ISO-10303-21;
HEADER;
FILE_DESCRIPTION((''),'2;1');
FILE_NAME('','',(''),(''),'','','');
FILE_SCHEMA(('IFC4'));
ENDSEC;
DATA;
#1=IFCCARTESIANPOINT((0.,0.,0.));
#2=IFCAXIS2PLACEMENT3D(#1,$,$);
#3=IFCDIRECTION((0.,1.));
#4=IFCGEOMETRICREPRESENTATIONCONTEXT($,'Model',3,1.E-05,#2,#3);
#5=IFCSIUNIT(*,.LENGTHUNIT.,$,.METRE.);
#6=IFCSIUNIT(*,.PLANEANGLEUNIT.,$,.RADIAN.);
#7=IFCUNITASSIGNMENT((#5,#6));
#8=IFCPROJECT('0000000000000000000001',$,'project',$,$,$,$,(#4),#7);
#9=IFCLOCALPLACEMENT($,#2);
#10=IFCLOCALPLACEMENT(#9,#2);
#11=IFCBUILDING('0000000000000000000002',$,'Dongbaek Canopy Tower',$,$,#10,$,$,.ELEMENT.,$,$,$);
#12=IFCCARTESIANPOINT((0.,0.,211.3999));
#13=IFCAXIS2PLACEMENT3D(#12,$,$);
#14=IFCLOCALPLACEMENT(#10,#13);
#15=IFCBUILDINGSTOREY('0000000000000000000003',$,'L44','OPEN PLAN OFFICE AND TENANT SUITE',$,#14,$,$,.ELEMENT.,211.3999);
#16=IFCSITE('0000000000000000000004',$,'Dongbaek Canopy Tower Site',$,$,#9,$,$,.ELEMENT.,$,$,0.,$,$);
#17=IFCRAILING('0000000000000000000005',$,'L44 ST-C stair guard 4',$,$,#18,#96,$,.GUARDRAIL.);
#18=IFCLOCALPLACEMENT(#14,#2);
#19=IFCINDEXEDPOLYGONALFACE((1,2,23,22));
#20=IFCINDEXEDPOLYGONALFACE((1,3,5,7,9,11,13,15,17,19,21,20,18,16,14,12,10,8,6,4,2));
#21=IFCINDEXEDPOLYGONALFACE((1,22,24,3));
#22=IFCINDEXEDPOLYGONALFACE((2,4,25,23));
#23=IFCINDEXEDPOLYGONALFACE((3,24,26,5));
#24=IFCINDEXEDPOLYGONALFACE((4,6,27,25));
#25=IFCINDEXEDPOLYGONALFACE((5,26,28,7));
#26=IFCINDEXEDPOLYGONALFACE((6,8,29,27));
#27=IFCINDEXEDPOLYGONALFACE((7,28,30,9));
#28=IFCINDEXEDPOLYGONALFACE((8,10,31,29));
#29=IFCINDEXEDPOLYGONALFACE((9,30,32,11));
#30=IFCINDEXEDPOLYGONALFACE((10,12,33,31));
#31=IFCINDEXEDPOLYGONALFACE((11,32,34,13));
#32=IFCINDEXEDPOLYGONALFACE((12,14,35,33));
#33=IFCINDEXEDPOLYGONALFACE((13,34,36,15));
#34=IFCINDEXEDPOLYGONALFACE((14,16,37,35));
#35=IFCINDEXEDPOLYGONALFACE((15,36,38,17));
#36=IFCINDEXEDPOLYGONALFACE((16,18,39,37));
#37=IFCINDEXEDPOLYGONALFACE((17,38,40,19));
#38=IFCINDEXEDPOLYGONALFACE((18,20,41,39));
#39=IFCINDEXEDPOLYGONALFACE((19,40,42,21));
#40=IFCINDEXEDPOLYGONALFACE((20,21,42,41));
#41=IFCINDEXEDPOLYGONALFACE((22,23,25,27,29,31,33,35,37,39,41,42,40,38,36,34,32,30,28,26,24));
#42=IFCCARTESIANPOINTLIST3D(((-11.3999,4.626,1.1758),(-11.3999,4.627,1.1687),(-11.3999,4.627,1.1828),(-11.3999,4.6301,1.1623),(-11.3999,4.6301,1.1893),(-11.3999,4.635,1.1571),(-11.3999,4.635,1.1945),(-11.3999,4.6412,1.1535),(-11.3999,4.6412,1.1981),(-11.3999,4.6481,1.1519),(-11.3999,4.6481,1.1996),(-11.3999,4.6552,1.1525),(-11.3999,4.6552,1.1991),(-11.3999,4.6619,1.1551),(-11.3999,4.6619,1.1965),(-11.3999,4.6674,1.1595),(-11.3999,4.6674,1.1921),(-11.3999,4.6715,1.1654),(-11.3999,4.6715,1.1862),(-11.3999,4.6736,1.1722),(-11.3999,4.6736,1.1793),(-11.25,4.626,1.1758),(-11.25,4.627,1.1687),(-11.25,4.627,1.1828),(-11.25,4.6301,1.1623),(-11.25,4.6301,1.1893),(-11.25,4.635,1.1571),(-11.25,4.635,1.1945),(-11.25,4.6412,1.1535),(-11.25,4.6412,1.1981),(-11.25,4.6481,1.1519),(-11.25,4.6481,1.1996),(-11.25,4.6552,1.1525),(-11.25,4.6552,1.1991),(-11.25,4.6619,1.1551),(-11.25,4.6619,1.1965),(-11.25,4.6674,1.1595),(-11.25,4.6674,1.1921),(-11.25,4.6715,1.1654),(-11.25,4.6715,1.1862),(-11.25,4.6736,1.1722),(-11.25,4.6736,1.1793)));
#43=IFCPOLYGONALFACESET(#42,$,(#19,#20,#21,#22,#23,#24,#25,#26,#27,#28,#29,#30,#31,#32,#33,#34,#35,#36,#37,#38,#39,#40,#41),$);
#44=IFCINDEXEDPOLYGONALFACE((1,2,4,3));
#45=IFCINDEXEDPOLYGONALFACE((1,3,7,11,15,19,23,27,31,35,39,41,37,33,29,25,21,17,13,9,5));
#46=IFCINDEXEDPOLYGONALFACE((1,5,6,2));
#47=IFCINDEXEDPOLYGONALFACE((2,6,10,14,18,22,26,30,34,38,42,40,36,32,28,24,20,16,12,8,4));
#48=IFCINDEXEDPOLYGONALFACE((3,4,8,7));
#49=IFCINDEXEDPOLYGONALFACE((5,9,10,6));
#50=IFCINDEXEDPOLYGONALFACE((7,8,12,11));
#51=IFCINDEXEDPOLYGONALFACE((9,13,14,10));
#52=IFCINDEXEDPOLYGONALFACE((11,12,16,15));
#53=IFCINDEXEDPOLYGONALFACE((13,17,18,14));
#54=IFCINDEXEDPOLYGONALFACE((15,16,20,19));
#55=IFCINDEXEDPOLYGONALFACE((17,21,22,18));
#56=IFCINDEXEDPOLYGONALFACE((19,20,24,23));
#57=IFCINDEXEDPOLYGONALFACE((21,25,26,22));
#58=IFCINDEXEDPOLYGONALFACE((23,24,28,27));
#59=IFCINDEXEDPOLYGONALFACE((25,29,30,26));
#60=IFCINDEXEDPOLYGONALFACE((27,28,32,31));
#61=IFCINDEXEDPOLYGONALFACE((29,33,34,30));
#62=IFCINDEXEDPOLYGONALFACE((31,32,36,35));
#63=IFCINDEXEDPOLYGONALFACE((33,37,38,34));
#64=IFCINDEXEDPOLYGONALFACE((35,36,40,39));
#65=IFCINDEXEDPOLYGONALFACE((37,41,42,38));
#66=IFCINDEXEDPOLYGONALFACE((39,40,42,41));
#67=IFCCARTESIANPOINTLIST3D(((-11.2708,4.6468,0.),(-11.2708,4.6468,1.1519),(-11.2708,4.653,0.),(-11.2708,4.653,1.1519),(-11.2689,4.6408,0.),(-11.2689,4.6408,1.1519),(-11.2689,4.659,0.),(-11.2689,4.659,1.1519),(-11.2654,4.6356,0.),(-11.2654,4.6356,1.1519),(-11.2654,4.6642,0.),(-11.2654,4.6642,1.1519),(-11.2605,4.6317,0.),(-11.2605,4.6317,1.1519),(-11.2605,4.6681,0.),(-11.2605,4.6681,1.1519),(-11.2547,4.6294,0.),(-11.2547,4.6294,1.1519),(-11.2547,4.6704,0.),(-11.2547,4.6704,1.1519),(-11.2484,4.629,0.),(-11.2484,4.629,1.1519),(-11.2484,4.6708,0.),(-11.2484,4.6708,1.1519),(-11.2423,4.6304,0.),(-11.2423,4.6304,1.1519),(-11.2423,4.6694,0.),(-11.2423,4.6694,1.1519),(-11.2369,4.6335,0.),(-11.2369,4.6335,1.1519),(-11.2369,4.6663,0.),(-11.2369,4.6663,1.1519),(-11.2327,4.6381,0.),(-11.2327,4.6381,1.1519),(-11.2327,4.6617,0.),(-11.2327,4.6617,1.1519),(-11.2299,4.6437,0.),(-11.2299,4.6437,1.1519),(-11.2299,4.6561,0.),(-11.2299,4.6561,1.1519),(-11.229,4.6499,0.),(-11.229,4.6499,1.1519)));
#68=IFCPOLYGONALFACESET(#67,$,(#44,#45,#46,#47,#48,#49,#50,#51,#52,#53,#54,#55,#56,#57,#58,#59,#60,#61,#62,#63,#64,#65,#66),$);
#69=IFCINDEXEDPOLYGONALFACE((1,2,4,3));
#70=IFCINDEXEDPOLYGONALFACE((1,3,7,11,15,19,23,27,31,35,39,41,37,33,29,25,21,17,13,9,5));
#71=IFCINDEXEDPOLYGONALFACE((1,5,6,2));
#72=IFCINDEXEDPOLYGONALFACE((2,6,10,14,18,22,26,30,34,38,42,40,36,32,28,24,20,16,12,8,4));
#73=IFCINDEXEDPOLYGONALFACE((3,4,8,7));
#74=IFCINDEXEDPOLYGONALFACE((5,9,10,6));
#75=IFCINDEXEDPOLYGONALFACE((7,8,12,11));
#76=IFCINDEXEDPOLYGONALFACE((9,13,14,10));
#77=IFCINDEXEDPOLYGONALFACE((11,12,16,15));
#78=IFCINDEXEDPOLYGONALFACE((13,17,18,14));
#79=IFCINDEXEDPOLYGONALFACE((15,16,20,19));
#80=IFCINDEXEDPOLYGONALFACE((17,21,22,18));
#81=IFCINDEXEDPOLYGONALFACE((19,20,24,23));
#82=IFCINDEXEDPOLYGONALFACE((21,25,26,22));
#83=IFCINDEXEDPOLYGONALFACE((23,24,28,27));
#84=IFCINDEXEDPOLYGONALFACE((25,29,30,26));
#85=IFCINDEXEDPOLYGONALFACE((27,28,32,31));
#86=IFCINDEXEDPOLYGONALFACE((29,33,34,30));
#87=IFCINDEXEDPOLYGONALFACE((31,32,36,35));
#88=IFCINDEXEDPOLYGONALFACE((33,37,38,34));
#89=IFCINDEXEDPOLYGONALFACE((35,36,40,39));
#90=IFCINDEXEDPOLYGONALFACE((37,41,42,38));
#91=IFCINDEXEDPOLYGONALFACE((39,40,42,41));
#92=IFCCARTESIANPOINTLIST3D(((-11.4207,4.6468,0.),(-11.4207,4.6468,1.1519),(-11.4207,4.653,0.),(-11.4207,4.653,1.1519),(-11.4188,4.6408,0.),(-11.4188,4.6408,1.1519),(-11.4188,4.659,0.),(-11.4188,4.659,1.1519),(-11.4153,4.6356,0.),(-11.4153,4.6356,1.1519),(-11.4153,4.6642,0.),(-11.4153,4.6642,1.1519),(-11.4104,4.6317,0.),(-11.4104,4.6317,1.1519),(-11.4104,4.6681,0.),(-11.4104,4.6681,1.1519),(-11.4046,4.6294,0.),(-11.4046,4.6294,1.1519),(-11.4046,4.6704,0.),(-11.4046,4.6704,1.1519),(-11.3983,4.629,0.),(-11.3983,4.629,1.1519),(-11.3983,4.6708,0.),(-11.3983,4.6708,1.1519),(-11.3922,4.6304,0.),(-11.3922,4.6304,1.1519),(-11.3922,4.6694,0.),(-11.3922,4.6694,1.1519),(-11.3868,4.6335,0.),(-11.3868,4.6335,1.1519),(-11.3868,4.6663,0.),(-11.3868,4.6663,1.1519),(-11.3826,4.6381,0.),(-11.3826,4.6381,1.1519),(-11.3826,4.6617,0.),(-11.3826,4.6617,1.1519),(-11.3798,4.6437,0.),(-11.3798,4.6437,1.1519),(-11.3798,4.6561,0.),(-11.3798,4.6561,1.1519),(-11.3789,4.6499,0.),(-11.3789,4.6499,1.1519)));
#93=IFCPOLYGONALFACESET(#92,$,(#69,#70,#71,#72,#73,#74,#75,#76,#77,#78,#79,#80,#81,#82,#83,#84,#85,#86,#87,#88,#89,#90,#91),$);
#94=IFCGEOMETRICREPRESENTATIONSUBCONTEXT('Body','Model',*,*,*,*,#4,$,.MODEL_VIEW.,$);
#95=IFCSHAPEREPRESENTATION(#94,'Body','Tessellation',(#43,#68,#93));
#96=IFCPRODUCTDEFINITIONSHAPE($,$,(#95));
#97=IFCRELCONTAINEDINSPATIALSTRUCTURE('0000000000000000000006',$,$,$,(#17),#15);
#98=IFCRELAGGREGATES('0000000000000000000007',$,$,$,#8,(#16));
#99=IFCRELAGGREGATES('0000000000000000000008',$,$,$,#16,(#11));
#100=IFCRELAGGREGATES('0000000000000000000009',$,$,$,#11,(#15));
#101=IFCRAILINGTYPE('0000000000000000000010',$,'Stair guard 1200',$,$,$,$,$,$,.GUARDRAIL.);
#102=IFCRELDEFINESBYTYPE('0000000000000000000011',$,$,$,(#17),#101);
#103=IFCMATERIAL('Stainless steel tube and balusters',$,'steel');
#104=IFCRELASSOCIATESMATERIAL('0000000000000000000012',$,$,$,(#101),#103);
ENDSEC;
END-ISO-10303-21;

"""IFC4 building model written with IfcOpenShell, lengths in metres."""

from ifc_helpers import new_model, si_unit, direction, frame, origin, origin_2d, place, context, subcontext, project, spatial, circle, extrude, material, type_object, element, save


model = new_model("IFC4")

# Units and contexts
model_context = context("Model", 3, precision=1e-05, world=origin(), true_north=direction((0.0, 1.0)))
body_context = subcontext(model_context, "Body", "Model", "MODEL_VIEW")
ifc_project = project(units=[si_unit("LENGTHUNIT", "METRE"), si_unit("PLANEANGLEUNIT", "RADIAN")], contexts=[model_context])

# Site, building, storey
site_placement = place(None, origin())
site = spatial("IfcSite", under=ifc_project, at=site_placement, Name="Dongbaek Canopy Tower Site", CompositionType="ELEMENT", RefElevation=0.0)
building_placement = place(site_placement, origin())
building = spatial("IfcBuilding", under=site, at=building_placement, Name="Dongbaek Canopy Tower", CompositionType="ELEMENT")
storey_placement = place(building_placement, frame((0.0, 0.0, 211.3999)))
storey = spatial("IfcBuildingStorey", under=building, at=storey_placement, Name="L44", Description="OPEN PLAN OFFICE AND TENANT SUITE", CompositionType="ELEMENT", Elevation=211.3999)

# Railing
ifc_material_1 = material(Name="Stainless steel tube and balusters", Category="steel")
railing_type_1 = type_object("IfcRailingType", Name="Stair guard 1200", PredefinedType="GUARDRAIL", material=ifc_material_1)
railing_1_placement = place(storey_placement, frame((-11.25, 4.6499, 0.0)))
element("IfcRailing", 1, at=railing_1_placement, inside=storey, type_object=railing_type_1, Name="L44 ST-C stair guard 4", PredefinedType="GUARDRAIL", context=body_context, shape_type="SweptSolid", body=[
    extrude(circle(Radius=0.0239, at=origin_2d()), frame((0.0, 0.0, 1.1758), z_axis=(-1.0, 0.0, 0.0), x_axis=(0.0, -1.0, 0.0)), (0.0, 0.0, 1.0), 0.1499),
    extrude(circle(Radius=0.021, at=origin_2d()), origin(), (0.0, 0.0, 1.0), 1.1519),
    extrude(circle(Radius=0.021, at=origin_2d()), frame((-0.1499, 0.0, 0.0)), (0.0, 0.0, 1.0), 1.1519),
])

save(model, "model.ifc")
